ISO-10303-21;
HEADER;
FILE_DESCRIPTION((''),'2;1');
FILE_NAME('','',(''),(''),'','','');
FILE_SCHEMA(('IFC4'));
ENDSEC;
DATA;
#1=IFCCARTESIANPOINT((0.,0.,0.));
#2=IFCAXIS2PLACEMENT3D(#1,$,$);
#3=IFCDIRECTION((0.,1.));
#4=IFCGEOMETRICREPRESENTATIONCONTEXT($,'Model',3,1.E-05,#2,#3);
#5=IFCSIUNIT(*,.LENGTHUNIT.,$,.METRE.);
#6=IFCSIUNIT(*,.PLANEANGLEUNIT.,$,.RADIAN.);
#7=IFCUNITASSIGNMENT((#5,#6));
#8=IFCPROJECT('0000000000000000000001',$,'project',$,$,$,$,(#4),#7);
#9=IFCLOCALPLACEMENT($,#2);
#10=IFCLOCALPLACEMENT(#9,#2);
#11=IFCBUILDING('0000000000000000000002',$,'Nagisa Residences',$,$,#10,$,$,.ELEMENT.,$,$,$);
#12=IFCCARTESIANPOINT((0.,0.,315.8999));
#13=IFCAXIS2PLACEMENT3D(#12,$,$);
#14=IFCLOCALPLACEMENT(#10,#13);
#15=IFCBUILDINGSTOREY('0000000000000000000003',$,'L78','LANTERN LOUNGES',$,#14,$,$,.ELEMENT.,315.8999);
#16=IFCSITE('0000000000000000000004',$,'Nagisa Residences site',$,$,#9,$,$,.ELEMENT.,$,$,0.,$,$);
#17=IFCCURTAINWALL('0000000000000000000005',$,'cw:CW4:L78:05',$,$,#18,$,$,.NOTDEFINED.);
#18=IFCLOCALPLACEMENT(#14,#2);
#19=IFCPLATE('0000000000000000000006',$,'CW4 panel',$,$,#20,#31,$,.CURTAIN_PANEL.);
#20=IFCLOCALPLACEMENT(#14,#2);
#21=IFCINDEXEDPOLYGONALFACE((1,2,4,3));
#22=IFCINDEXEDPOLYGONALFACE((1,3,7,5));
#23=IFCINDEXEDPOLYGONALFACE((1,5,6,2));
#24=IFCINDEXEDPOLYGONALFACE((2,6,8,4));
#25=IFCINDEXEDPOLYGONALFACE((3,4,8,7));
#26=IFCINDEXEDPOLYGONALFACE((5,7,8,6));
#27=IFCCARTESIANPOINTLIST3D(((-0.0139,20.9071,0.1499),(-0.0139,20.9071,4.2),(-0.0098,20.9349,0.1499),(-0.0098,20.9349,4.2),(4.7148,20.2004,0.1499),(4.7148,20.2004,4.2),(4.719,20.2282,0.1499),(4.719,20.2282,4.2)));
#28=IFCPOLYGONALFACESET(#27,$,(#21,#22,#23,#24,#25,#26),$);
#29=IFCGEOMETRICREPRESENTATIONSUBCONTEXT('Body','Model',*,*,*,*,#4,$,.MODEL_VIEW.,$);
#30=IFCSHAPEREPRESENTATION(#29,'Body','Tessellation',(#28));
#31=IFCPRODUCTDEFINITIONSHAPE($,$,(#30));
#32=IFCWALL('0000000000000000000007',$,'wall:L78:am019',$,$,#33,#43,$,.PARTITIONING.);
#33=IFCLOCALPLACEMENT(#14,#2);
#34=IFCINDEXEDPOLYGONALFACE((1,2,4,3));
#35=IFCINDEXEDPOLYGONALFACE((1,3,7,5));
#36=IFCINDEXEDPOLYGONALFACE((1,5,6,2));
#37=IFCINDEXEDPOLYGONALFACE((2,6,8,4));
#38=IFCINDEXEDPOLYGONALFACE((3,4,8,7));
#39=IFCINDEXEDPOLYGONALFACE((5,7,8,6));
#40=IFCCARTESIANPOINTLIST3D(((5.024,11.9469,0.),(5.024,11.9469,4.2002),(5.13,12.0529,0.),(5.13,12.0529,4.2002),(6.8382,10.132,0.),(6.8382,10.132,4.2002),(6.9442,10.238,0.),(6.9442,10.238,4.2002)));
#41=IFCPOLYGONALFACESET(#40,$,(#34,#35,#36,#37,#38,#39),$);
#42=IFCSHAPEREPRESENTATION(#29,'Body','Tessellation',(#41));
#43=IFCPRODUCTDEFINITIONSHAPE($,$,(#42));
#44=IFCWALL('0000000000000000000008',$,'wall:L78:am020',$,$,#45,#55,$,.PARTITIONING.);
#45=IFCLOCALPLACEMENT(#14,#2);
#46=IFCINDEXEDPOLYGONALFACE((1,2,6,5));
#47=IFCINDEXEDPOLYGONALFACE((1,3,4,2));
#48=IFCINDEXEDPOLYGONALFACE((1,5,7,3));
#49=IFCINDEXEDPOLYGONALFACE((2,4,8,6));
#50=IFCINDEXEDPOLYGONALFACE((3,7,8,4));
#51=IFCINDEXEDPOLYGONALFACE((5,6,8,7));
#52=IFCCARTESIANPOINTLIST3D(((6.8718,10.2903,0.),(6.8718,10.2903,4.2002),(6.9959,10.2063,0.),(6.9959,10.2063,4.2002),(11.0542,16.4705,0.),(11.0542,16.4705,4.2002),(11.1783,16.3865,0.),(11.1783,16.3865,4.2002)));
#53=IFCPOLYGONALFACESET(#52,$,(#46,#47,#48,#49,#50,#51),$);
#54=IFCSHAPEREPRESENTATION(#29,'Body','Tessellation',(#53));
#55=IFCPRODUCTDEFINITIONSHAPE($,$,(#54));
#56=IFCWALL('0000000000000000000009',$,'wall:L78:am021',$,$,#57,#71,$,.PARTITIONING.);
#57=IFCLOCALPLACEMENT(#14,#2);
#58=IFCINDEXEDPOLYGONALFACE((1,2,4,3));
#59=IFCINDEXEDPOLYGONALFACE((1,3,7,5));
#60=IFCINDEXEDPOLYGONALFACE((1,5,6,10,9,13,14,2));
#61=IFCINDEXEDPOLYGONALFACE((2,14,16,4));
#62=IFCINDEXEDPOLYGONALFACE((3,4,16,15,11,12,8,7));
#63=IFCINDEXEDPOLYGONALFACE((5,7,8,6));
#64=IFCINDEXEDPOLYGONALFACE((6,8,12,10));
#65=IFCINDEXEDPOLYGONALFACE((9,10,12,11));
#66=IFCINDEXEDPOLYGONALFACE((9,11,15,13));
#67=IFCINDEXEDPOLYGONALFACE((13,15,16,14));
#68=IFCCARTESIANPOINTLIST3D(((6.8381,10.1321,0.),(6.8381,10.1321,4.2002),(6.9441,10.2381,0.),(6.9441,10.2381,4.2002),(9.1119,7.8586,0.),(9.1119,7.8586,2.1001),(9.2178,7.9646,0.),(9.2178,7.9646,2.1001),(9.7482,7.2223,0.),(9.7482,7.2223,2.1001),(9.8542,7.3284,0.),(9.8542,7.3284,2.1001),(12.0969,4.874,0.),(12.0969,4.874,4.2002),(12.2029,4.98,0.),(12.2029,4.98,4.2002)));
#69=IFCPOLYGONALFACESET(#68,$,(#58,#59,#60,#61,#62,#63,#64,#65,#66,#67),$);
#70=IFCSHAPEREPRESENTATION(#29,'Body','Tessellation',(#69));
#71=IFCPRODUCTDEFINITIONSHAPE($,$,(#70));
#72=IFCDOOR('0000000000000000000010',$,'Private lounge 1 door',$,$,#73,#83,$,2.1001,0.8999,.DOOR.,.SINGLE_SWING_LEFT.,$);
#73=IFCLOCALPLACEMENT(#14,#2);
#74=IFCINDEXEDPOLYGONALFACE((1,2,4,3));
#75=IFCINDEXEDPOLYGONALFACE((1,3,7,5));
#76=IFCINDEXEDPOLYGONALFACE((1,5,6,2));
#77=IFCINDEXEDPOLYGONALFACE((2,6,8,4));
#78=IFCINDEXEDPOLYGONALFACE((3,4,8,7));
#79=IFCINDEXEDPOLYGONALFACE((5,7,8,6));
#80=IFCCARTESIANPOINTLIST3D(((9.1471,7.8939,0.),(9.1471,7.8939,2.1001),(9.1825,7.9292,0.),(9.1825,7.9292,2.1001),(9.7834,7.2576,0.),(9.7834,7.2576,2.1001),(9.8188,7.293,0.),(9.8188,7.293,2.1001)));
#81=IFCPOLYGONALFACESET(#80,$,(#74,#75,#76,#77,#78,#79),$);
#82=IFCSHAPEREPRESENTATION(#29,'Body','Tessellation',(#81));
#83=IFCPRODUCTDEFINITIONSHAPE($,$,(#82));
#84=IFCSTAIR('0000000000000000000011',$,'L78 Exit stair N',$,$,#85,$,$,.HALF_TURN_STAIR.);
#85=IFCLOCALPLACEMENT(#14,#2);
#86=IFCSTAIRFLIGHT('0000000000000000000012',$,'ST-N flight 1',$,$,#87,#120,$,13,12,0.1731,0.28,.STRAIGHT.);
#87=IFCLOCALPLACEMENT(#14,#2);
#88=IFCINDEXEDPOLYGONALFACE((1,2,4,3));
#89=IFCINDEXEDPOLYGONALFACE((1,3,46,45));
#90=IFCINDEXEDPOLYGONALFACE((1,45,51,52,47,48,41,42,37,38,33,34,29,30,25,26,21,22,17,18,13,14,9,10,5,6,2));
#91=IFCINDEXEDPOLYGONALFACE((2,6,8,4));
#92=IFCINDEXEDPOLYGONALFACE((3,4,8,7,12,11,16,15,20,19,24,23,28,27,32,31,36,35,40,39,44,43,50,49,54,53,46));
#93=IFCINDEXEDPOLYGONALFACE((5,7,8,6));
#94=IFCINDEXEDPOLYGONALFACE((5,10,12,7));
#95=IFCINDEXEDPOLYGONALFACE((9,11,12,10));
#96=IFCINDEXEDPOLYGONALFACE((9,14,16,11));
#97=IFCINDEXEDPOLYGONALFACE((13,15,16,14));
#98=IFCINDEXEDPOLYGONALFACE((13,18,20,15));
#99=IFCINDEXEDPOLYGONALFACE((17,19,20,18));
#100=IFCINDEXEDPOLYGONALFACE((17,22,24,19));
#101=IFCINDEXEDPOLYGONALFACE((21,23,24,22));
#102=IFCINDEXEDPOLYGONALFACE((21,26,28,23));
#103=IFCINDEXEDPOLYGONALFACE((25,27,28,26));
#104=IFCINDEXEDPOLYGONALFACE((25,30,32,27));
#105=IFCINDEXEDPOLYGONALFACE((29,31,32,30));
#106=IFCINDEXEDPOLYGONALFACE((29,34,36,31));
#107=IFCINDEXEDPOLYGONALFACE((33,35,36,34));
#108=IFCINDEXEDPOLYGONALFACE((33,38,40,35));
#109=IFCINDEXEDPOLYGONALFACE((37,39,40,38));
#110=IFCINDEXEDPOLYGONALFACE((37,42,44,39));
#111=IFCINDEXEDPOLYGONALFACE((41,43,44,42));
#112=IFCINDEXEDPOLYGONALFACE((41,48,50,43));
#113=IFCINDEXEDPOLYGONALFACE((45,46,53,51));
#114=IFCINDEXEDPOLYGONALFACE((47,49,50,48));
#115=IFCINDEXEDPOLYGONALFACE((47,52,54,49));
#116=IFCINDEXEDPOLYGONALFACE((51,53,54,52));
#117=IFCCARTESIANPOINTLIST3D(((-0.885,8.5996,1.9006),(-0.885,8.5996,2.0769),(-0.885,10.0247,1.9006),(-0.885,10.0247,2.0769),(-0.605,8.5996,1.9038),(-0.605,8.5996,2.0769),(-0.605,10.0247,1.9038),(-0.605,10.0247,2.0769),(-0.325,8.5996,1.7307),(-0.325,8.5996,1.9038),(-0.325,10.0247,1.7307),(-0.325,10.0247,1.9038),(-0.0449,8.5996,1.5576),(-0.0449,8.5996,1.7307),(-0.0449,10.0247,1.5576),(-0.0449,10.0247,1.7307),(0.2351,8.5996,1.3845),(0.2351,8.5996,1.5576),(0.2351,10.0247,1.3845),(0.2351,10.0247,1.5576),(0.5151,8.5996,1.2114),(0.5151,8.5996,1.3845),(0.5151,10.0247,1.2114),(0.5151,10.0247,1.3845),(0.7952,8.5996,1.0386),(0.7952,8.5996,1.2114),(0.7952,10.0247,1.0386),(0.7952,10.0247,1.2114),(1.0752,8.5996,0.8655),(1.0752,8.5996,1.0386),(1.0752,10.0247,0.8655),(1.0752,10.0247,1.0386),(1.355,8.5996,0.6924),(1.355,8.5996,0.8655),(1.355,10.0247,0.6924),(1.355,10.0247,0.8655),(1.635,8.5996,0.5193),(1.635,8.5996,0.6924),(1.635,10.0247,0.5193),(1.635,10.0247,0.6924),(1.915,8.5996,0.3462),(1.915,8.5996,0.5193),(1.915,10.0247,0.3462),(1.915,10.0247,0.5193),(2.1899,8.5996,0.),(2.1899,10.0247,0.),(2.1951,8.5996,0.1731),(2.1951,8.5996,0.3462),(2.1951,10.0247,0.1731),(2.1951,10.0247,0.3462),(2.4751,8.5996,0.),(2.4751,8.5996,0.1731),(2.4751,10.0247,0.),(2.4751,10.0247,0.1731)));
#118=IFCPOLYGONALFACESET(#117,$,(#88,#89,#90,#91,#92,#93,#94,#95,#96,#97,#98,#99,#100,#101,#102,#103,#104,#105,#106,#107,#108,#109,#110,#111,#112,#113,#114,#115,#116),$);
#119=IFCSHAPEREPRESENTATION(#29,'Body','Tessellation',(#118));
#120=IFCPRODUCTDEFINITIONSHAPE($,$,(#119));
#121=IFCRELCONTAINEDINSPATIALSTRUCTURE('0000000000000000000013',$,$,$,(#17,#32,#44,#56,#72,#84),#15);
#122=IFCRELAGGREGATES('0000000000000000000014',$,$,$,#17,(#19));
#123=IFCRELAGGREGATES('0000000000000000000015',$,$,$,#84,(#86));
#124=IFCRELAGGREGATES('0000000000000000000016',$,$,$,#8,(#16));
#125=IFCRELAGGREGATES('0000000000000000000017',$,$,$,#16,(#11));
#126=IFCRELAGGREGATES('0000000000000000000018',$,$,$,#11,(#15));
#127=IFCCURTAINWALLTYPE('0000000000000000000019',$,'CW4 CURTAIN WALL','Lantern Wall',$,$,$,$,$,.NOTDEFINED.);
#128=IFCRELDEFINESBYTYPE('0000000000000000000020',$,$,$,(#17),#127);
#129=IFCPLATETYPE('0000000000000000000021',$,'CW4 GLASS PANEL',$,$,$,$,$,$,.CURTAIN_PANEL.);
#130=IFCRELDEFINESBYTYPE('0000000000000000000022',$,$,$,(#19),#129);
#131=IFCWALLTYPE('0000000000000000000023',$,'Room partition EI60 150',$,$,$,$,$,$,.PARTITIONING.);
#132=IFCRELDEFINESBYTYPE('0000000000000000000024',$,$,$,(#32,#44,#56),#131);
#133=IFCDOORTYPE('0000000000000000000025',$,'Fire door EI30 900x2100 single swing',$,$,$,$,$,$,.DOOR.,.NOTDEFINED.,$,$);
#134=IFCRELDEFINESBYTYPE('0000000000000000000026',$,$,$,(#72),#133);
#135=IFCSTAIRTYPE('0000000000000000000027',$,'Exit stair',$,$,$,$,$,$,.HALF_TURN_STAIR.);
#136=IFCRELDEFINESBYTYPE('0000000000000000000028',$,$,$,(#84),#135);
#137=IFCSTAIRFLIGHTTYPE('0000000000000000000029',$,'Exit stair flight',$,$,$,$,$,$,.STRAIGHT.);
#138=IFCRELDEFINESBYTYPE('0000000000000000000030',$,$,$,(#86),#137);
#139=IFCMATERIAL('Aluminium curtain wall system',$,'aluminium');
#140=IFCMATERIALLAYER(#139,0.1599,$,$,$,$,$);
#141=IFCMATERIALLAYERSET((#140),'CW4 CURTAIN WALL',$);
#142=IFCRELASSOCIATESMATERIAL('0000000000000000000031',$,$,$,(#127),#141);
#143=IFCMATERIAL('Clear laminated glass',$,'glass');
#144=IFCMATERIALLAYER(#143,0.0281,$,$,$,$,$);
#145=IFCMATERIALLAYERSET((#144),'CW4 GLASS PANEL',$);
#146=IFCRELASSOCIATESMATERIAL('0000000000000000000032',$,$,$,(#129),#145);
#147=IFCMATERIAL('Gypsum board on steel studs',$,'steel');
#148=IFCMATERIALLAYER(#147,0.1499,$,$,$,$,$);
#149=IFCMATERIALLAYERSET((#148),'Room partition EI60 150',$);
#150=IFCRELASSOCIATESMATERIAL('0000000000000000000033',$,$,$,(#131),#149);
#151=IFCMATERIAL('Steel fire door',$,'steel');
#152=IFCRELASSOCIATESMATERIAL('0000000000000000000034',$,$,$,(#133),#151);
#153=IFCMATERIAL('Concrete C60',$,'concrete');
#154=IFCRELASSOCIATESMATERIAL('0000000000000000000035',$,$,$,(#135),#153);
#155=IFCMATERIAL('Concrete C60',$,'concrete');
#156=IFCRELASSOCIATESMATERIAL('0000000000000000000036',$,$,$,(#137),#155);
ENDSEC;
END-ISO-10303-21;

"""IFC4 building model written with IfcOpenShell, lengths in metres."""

from ifc_helpers import new_model, si_unit, direction, frame, frame_2d, origin, origin_2d, place, context, subcontext, project, spatial, polyline, rectangle, outline, extrude, material, layer, layer_set, type_object, element, fill, aggregate, save


model = new_model("IFC4")

# Units and contexts
model_context = context("Model", 3, precision=1e-05, world=origin(), true_north=direction((0.0, 1.0)))
body_context = subcontext(model_context, "Body", "Model", "MODEL_VIEW")
ifc_project = project(units=[si_unit("LENGTHUNIT", "METRE"), si_unit("PLANEANGLEUNIT", "RADIAN")], contexts=[model_context])

# Site, building, storey
site_placement = place(None, origin())
site = spatial("IfcSite", under=ifc_project, at=site_placement, Name="Nagisa Residences site", CompositionType="ELEMENT", RefElevation=0.0)
building_placement = place(site_placement, origin())
building = spatial("IfcBuilding", under=site, at=building_placement, Name="Nagisa Residences", CompositionType="ELEMENT")
storey_placement = place(building_placement, frame((0.0, 0.0, 315.8999)))
storey = spatial("IfcBuildingStorey", under=building, at=storey_placement, Name="L78", Description="LANTERN LOUNGES", CompositionType="ELEMENT", Elevation=315.8999)

# Curtain wall
ifc_material_1 = material(Name="Aluminium curtain wall system", Category="aluminium")
ifc_layer_1 = layer(ifc_material_1, 0.1599)
ifc_layer_set_1 = layer_set([ifc_layer_1], Name="CW4 CURTAIN WALL")
curtain_wall_type = type_object("IfcCurtainWallType", Name="CW4 CURTAIN WALL", Description="Lantern Wall", PredefinedType="NOTDEFINED", material=ifc_layer_set_1)
curtain_wall_1_placement = place(storey_placement, origin())
curtain_wall_1 = element("IfcCurtainWall", 1, at=curtain_wall_1_placement, inside=storey, type_object=curtain_wall_type, Name="cw:CW4:L78:05", PredefinedType="NOTDEFINED")

# Plate
ifc_material_2 = material(Name="Clear laminated glass", Category="glass")
ifc_layer_2 = layer(ifc_material_2, 0.0281)
ifc_layer_set_2 = layer_set([ifc_layer_2], Name="CW4 GLASS PANEL")
plate_type = type_object("IfcPlateType", Name="CW4 GLASS PANEL", PredefinedType="CURTAIN_PANEL", material=ifc_layer_set_2)
plate_1_placement = place(storey_placement, frame((2.3525, 20.5676, 0.1499), z_axis=(0.0, 0.0, 1.0), x_axis=(-0.989017, 0.147802, 0.0)))
plate_1 = element("IfcPlate", 2, at=plate_1_placement, type_object=plate_type, Name="CW4 panel", PredefinedType="CURTAIN_PANEL", context=body_context, shape_type="SweptSolid", body=[
    extrude(rectangle(XDim=4.7812, YDim=0.0281, at=origin_2d()), origin(), (0.0, 0.0, 1.0), 4.05),
])
aggregate(curtain_wall_1, [plate_1])

# Walls
ifc_material_3 = material(Name="Gypsum board on steel studs", Category="steel")
ifc_layer_3 = layer(ifc_material_3, 0.1499)
ifc_layer_set_3 = layer_set([ifc_layer_3], Name="Room partition EI60 150")
wall_type = type_object("IfcWallType", Name="Room partition EI60 150", PredefinedType="PARTITIONING", material=ifc_layer_set_3)
wall_1_placement = place(storey_placement, frame((5.0769, 12.0, 0.0), z_axis=(0.0, 0.0, 1.0), x_axis=(0.706964, -0.707249, 0.0)))
element("IfcWall", 3, at=wall_1_placement, inside=storey, type_object=wall_type, Name="wall:L78:am019", PredefinedType="PARTITIONING", context=body_context, shape_type="SweptSolid", body=[
    extrude(rectangle(XDim=2.5662, YDim=0.1499, at=frame_2d((1.2832, 0.0))), origin(), (0.0, 0.0, 1.0), 4.2002),
])
wall_2_placement = place(storey_placement, frame((6.9338, 10.2483, 0.0), z_axis=(0.0, 0.0, 1.0), x_axis=(0.560463, 0.82818, 0.0)))
element("IfcWall", 4, at=wall_2_placement, inside=storey, type_object=wall_type, Name="wall:L78:am020", PredefinedType="PARTITIONING", context=body_context, shape_type="SweptSolid", body=[
    extrude(rectangle(XDim=7.4624, YDim=0.1499, at=frame_2d((3.7312, 0.0))), origin(), (0.0, 0.0, 1.0), 4.2002),
])

# Wall, opening, door
wall_3_placement = place(storey_placement, frame((6.8911, 10.1851, 0.0), z_axis=(0.0, 0.0, 1.0), x_axis=(0.707156, -0.707058, 0.0)))
wall_3 = element("IfcWall", 5, at=wall_3_placement, inside=storey, type_object=wall_type, Name="wall:L78:am021", PredefinedType="PARTITIONING", context=body_context, shape_type="SweptSolid", body=[
    extrude(rectangle(XDim=7.4365, YDim=0.1499, at=frame_2d((3.7183, 0.0))), origin(), (0.0, 0.0, 1.0), 4.2002),
])
opening_placement = place(wall_3_placement, frame((3.2153, 0.0, 0.0)))
opening = element("IfcOpeningElement", 6, at=opening_placement, cuts=wall_3, PredefinedType="OPENING", context=body_context, shape_type="SweptSolid", body=[
    extrude(rectangle(XDim=0.8999, YDim=2.1001, at=frame_2d((0.45, 1.05))), frame((0.0, 0.085, 0.0), z_axis=(0.0, -1.0, 0.0), x_axis=(1.0, 0.0, 0.0)), (0.0, 0.0, 1.0), 0.1699),
])
ifc_material_4 = material(Name="Steel fire door", Category="steel")
door_type = type_object("IfcDoorType", Name="Fire door EI30 900x2100 single swing", OperationType="NOTDEFINED", PredefinedType="DOOR", material=ifc_material_4)
door_placement = place(opening_placement, origin())
door = element("IfcDoor", 7, at=door_placement, inside=storey, type_object=door_type, Name="Private lounge 1 door", OperationType="SINGLE_SWING_LEFT", OverallHeight=2.1001, OverallWidth=0.8999, PredefinedType="DOOR", context=body_context, shape_type="SweptSolid", body=[
    extrude(rectangle(XDim=0.8999, YDim=2.1001, at=frame_2d((0.45, 1.05))), frame((0.0, 0.0249, 0.0), z_axis=(0.0, -1.0, 0.0), x_axis=(1.0, 0.0, 0.0)), (0.0, 0.0, 1.0), 0.05),
])
fill(opening, door)

# Stair, stair flight
ifc_material_5 = material(Name="Concrete C60", Category="concrete")
stair_type = type_object("IfcStairType", Name="Exit stair", PredefinedType="HALF_TURN_STAIR", material=ifc_material_5)
stair_placement = place(storey_placement, origin())
stair = element("IfcStair", 8, at=stair_placement, inside=storey, type_object=stair_type, Name="L78 Exit stair N", PredefinedType="HALF_TURN_STAIR")
ifc_material_6 = material(Name="Concrete C60", Category="concrete")
stair_flight_type = type_object("IfcStairFlightType", Name="Exit stair flight", PredefinedType="STRAIGHT", material=ifc_material_6)
stair_flight_placement = place(storey_placement, frame((2.4751, 9.312, 0.0), z_axis=(0.0, 0.0, 1.0), x_axis=(-1.0, 0.0, 0.0)))
stair_flight = element("IfcStairFlight", 9, at=stair_flight_placement, type_object=stair_flight_type, Name="ST-N flight 1", NumberOfRisers=13, NumberOfTreads=12, PredefinedType="STRAIGHT", RiserHeight=0.1731, TreadLength=0.28, context=body_context, shape_type="SweptSolid", body=[
    extrude(outline(polyline([(0.0, 0.0), (0.0, 0.1731), (0.28, 0.1731), (0.28, 0.3462), (0.5601, 0.3462), (0.5601, 0.5193), (0.8401, 0.5193), (0.8401, 0.6924), (1.1201, 0.6924), (1.1201, 0.8655), (1.3999, 0.8655), (1.3999, 1.0386), (1.6799, 1.0386), (1.6799, 1.2114), (1.96, 1.2114), (1.96, 1.3845), (2.24, 1.3845), (2.24, 1.5576), (2.52, 1.5576), (2.52, 1.7307), (2.8, 1.7307), (2.8, 1.9038), (3.0801, 1.9038), (3.0801, 2.0769), (3.3601, 2.0769), (3.3601, 2.25), (3.3601, 1.9006), (0.2852, 0.0), (0.0, 0.0)])), frame((0.0, 0.7124, 0.0), z_axis=(0.0, -1.0, 0.0), x_axis=(1.0, 0.0, 0.0)), (0.0, 0.0, 1.0), 1.425),
])
aggregate(stair, [stair_flight])

save(model, "model.ifc")
